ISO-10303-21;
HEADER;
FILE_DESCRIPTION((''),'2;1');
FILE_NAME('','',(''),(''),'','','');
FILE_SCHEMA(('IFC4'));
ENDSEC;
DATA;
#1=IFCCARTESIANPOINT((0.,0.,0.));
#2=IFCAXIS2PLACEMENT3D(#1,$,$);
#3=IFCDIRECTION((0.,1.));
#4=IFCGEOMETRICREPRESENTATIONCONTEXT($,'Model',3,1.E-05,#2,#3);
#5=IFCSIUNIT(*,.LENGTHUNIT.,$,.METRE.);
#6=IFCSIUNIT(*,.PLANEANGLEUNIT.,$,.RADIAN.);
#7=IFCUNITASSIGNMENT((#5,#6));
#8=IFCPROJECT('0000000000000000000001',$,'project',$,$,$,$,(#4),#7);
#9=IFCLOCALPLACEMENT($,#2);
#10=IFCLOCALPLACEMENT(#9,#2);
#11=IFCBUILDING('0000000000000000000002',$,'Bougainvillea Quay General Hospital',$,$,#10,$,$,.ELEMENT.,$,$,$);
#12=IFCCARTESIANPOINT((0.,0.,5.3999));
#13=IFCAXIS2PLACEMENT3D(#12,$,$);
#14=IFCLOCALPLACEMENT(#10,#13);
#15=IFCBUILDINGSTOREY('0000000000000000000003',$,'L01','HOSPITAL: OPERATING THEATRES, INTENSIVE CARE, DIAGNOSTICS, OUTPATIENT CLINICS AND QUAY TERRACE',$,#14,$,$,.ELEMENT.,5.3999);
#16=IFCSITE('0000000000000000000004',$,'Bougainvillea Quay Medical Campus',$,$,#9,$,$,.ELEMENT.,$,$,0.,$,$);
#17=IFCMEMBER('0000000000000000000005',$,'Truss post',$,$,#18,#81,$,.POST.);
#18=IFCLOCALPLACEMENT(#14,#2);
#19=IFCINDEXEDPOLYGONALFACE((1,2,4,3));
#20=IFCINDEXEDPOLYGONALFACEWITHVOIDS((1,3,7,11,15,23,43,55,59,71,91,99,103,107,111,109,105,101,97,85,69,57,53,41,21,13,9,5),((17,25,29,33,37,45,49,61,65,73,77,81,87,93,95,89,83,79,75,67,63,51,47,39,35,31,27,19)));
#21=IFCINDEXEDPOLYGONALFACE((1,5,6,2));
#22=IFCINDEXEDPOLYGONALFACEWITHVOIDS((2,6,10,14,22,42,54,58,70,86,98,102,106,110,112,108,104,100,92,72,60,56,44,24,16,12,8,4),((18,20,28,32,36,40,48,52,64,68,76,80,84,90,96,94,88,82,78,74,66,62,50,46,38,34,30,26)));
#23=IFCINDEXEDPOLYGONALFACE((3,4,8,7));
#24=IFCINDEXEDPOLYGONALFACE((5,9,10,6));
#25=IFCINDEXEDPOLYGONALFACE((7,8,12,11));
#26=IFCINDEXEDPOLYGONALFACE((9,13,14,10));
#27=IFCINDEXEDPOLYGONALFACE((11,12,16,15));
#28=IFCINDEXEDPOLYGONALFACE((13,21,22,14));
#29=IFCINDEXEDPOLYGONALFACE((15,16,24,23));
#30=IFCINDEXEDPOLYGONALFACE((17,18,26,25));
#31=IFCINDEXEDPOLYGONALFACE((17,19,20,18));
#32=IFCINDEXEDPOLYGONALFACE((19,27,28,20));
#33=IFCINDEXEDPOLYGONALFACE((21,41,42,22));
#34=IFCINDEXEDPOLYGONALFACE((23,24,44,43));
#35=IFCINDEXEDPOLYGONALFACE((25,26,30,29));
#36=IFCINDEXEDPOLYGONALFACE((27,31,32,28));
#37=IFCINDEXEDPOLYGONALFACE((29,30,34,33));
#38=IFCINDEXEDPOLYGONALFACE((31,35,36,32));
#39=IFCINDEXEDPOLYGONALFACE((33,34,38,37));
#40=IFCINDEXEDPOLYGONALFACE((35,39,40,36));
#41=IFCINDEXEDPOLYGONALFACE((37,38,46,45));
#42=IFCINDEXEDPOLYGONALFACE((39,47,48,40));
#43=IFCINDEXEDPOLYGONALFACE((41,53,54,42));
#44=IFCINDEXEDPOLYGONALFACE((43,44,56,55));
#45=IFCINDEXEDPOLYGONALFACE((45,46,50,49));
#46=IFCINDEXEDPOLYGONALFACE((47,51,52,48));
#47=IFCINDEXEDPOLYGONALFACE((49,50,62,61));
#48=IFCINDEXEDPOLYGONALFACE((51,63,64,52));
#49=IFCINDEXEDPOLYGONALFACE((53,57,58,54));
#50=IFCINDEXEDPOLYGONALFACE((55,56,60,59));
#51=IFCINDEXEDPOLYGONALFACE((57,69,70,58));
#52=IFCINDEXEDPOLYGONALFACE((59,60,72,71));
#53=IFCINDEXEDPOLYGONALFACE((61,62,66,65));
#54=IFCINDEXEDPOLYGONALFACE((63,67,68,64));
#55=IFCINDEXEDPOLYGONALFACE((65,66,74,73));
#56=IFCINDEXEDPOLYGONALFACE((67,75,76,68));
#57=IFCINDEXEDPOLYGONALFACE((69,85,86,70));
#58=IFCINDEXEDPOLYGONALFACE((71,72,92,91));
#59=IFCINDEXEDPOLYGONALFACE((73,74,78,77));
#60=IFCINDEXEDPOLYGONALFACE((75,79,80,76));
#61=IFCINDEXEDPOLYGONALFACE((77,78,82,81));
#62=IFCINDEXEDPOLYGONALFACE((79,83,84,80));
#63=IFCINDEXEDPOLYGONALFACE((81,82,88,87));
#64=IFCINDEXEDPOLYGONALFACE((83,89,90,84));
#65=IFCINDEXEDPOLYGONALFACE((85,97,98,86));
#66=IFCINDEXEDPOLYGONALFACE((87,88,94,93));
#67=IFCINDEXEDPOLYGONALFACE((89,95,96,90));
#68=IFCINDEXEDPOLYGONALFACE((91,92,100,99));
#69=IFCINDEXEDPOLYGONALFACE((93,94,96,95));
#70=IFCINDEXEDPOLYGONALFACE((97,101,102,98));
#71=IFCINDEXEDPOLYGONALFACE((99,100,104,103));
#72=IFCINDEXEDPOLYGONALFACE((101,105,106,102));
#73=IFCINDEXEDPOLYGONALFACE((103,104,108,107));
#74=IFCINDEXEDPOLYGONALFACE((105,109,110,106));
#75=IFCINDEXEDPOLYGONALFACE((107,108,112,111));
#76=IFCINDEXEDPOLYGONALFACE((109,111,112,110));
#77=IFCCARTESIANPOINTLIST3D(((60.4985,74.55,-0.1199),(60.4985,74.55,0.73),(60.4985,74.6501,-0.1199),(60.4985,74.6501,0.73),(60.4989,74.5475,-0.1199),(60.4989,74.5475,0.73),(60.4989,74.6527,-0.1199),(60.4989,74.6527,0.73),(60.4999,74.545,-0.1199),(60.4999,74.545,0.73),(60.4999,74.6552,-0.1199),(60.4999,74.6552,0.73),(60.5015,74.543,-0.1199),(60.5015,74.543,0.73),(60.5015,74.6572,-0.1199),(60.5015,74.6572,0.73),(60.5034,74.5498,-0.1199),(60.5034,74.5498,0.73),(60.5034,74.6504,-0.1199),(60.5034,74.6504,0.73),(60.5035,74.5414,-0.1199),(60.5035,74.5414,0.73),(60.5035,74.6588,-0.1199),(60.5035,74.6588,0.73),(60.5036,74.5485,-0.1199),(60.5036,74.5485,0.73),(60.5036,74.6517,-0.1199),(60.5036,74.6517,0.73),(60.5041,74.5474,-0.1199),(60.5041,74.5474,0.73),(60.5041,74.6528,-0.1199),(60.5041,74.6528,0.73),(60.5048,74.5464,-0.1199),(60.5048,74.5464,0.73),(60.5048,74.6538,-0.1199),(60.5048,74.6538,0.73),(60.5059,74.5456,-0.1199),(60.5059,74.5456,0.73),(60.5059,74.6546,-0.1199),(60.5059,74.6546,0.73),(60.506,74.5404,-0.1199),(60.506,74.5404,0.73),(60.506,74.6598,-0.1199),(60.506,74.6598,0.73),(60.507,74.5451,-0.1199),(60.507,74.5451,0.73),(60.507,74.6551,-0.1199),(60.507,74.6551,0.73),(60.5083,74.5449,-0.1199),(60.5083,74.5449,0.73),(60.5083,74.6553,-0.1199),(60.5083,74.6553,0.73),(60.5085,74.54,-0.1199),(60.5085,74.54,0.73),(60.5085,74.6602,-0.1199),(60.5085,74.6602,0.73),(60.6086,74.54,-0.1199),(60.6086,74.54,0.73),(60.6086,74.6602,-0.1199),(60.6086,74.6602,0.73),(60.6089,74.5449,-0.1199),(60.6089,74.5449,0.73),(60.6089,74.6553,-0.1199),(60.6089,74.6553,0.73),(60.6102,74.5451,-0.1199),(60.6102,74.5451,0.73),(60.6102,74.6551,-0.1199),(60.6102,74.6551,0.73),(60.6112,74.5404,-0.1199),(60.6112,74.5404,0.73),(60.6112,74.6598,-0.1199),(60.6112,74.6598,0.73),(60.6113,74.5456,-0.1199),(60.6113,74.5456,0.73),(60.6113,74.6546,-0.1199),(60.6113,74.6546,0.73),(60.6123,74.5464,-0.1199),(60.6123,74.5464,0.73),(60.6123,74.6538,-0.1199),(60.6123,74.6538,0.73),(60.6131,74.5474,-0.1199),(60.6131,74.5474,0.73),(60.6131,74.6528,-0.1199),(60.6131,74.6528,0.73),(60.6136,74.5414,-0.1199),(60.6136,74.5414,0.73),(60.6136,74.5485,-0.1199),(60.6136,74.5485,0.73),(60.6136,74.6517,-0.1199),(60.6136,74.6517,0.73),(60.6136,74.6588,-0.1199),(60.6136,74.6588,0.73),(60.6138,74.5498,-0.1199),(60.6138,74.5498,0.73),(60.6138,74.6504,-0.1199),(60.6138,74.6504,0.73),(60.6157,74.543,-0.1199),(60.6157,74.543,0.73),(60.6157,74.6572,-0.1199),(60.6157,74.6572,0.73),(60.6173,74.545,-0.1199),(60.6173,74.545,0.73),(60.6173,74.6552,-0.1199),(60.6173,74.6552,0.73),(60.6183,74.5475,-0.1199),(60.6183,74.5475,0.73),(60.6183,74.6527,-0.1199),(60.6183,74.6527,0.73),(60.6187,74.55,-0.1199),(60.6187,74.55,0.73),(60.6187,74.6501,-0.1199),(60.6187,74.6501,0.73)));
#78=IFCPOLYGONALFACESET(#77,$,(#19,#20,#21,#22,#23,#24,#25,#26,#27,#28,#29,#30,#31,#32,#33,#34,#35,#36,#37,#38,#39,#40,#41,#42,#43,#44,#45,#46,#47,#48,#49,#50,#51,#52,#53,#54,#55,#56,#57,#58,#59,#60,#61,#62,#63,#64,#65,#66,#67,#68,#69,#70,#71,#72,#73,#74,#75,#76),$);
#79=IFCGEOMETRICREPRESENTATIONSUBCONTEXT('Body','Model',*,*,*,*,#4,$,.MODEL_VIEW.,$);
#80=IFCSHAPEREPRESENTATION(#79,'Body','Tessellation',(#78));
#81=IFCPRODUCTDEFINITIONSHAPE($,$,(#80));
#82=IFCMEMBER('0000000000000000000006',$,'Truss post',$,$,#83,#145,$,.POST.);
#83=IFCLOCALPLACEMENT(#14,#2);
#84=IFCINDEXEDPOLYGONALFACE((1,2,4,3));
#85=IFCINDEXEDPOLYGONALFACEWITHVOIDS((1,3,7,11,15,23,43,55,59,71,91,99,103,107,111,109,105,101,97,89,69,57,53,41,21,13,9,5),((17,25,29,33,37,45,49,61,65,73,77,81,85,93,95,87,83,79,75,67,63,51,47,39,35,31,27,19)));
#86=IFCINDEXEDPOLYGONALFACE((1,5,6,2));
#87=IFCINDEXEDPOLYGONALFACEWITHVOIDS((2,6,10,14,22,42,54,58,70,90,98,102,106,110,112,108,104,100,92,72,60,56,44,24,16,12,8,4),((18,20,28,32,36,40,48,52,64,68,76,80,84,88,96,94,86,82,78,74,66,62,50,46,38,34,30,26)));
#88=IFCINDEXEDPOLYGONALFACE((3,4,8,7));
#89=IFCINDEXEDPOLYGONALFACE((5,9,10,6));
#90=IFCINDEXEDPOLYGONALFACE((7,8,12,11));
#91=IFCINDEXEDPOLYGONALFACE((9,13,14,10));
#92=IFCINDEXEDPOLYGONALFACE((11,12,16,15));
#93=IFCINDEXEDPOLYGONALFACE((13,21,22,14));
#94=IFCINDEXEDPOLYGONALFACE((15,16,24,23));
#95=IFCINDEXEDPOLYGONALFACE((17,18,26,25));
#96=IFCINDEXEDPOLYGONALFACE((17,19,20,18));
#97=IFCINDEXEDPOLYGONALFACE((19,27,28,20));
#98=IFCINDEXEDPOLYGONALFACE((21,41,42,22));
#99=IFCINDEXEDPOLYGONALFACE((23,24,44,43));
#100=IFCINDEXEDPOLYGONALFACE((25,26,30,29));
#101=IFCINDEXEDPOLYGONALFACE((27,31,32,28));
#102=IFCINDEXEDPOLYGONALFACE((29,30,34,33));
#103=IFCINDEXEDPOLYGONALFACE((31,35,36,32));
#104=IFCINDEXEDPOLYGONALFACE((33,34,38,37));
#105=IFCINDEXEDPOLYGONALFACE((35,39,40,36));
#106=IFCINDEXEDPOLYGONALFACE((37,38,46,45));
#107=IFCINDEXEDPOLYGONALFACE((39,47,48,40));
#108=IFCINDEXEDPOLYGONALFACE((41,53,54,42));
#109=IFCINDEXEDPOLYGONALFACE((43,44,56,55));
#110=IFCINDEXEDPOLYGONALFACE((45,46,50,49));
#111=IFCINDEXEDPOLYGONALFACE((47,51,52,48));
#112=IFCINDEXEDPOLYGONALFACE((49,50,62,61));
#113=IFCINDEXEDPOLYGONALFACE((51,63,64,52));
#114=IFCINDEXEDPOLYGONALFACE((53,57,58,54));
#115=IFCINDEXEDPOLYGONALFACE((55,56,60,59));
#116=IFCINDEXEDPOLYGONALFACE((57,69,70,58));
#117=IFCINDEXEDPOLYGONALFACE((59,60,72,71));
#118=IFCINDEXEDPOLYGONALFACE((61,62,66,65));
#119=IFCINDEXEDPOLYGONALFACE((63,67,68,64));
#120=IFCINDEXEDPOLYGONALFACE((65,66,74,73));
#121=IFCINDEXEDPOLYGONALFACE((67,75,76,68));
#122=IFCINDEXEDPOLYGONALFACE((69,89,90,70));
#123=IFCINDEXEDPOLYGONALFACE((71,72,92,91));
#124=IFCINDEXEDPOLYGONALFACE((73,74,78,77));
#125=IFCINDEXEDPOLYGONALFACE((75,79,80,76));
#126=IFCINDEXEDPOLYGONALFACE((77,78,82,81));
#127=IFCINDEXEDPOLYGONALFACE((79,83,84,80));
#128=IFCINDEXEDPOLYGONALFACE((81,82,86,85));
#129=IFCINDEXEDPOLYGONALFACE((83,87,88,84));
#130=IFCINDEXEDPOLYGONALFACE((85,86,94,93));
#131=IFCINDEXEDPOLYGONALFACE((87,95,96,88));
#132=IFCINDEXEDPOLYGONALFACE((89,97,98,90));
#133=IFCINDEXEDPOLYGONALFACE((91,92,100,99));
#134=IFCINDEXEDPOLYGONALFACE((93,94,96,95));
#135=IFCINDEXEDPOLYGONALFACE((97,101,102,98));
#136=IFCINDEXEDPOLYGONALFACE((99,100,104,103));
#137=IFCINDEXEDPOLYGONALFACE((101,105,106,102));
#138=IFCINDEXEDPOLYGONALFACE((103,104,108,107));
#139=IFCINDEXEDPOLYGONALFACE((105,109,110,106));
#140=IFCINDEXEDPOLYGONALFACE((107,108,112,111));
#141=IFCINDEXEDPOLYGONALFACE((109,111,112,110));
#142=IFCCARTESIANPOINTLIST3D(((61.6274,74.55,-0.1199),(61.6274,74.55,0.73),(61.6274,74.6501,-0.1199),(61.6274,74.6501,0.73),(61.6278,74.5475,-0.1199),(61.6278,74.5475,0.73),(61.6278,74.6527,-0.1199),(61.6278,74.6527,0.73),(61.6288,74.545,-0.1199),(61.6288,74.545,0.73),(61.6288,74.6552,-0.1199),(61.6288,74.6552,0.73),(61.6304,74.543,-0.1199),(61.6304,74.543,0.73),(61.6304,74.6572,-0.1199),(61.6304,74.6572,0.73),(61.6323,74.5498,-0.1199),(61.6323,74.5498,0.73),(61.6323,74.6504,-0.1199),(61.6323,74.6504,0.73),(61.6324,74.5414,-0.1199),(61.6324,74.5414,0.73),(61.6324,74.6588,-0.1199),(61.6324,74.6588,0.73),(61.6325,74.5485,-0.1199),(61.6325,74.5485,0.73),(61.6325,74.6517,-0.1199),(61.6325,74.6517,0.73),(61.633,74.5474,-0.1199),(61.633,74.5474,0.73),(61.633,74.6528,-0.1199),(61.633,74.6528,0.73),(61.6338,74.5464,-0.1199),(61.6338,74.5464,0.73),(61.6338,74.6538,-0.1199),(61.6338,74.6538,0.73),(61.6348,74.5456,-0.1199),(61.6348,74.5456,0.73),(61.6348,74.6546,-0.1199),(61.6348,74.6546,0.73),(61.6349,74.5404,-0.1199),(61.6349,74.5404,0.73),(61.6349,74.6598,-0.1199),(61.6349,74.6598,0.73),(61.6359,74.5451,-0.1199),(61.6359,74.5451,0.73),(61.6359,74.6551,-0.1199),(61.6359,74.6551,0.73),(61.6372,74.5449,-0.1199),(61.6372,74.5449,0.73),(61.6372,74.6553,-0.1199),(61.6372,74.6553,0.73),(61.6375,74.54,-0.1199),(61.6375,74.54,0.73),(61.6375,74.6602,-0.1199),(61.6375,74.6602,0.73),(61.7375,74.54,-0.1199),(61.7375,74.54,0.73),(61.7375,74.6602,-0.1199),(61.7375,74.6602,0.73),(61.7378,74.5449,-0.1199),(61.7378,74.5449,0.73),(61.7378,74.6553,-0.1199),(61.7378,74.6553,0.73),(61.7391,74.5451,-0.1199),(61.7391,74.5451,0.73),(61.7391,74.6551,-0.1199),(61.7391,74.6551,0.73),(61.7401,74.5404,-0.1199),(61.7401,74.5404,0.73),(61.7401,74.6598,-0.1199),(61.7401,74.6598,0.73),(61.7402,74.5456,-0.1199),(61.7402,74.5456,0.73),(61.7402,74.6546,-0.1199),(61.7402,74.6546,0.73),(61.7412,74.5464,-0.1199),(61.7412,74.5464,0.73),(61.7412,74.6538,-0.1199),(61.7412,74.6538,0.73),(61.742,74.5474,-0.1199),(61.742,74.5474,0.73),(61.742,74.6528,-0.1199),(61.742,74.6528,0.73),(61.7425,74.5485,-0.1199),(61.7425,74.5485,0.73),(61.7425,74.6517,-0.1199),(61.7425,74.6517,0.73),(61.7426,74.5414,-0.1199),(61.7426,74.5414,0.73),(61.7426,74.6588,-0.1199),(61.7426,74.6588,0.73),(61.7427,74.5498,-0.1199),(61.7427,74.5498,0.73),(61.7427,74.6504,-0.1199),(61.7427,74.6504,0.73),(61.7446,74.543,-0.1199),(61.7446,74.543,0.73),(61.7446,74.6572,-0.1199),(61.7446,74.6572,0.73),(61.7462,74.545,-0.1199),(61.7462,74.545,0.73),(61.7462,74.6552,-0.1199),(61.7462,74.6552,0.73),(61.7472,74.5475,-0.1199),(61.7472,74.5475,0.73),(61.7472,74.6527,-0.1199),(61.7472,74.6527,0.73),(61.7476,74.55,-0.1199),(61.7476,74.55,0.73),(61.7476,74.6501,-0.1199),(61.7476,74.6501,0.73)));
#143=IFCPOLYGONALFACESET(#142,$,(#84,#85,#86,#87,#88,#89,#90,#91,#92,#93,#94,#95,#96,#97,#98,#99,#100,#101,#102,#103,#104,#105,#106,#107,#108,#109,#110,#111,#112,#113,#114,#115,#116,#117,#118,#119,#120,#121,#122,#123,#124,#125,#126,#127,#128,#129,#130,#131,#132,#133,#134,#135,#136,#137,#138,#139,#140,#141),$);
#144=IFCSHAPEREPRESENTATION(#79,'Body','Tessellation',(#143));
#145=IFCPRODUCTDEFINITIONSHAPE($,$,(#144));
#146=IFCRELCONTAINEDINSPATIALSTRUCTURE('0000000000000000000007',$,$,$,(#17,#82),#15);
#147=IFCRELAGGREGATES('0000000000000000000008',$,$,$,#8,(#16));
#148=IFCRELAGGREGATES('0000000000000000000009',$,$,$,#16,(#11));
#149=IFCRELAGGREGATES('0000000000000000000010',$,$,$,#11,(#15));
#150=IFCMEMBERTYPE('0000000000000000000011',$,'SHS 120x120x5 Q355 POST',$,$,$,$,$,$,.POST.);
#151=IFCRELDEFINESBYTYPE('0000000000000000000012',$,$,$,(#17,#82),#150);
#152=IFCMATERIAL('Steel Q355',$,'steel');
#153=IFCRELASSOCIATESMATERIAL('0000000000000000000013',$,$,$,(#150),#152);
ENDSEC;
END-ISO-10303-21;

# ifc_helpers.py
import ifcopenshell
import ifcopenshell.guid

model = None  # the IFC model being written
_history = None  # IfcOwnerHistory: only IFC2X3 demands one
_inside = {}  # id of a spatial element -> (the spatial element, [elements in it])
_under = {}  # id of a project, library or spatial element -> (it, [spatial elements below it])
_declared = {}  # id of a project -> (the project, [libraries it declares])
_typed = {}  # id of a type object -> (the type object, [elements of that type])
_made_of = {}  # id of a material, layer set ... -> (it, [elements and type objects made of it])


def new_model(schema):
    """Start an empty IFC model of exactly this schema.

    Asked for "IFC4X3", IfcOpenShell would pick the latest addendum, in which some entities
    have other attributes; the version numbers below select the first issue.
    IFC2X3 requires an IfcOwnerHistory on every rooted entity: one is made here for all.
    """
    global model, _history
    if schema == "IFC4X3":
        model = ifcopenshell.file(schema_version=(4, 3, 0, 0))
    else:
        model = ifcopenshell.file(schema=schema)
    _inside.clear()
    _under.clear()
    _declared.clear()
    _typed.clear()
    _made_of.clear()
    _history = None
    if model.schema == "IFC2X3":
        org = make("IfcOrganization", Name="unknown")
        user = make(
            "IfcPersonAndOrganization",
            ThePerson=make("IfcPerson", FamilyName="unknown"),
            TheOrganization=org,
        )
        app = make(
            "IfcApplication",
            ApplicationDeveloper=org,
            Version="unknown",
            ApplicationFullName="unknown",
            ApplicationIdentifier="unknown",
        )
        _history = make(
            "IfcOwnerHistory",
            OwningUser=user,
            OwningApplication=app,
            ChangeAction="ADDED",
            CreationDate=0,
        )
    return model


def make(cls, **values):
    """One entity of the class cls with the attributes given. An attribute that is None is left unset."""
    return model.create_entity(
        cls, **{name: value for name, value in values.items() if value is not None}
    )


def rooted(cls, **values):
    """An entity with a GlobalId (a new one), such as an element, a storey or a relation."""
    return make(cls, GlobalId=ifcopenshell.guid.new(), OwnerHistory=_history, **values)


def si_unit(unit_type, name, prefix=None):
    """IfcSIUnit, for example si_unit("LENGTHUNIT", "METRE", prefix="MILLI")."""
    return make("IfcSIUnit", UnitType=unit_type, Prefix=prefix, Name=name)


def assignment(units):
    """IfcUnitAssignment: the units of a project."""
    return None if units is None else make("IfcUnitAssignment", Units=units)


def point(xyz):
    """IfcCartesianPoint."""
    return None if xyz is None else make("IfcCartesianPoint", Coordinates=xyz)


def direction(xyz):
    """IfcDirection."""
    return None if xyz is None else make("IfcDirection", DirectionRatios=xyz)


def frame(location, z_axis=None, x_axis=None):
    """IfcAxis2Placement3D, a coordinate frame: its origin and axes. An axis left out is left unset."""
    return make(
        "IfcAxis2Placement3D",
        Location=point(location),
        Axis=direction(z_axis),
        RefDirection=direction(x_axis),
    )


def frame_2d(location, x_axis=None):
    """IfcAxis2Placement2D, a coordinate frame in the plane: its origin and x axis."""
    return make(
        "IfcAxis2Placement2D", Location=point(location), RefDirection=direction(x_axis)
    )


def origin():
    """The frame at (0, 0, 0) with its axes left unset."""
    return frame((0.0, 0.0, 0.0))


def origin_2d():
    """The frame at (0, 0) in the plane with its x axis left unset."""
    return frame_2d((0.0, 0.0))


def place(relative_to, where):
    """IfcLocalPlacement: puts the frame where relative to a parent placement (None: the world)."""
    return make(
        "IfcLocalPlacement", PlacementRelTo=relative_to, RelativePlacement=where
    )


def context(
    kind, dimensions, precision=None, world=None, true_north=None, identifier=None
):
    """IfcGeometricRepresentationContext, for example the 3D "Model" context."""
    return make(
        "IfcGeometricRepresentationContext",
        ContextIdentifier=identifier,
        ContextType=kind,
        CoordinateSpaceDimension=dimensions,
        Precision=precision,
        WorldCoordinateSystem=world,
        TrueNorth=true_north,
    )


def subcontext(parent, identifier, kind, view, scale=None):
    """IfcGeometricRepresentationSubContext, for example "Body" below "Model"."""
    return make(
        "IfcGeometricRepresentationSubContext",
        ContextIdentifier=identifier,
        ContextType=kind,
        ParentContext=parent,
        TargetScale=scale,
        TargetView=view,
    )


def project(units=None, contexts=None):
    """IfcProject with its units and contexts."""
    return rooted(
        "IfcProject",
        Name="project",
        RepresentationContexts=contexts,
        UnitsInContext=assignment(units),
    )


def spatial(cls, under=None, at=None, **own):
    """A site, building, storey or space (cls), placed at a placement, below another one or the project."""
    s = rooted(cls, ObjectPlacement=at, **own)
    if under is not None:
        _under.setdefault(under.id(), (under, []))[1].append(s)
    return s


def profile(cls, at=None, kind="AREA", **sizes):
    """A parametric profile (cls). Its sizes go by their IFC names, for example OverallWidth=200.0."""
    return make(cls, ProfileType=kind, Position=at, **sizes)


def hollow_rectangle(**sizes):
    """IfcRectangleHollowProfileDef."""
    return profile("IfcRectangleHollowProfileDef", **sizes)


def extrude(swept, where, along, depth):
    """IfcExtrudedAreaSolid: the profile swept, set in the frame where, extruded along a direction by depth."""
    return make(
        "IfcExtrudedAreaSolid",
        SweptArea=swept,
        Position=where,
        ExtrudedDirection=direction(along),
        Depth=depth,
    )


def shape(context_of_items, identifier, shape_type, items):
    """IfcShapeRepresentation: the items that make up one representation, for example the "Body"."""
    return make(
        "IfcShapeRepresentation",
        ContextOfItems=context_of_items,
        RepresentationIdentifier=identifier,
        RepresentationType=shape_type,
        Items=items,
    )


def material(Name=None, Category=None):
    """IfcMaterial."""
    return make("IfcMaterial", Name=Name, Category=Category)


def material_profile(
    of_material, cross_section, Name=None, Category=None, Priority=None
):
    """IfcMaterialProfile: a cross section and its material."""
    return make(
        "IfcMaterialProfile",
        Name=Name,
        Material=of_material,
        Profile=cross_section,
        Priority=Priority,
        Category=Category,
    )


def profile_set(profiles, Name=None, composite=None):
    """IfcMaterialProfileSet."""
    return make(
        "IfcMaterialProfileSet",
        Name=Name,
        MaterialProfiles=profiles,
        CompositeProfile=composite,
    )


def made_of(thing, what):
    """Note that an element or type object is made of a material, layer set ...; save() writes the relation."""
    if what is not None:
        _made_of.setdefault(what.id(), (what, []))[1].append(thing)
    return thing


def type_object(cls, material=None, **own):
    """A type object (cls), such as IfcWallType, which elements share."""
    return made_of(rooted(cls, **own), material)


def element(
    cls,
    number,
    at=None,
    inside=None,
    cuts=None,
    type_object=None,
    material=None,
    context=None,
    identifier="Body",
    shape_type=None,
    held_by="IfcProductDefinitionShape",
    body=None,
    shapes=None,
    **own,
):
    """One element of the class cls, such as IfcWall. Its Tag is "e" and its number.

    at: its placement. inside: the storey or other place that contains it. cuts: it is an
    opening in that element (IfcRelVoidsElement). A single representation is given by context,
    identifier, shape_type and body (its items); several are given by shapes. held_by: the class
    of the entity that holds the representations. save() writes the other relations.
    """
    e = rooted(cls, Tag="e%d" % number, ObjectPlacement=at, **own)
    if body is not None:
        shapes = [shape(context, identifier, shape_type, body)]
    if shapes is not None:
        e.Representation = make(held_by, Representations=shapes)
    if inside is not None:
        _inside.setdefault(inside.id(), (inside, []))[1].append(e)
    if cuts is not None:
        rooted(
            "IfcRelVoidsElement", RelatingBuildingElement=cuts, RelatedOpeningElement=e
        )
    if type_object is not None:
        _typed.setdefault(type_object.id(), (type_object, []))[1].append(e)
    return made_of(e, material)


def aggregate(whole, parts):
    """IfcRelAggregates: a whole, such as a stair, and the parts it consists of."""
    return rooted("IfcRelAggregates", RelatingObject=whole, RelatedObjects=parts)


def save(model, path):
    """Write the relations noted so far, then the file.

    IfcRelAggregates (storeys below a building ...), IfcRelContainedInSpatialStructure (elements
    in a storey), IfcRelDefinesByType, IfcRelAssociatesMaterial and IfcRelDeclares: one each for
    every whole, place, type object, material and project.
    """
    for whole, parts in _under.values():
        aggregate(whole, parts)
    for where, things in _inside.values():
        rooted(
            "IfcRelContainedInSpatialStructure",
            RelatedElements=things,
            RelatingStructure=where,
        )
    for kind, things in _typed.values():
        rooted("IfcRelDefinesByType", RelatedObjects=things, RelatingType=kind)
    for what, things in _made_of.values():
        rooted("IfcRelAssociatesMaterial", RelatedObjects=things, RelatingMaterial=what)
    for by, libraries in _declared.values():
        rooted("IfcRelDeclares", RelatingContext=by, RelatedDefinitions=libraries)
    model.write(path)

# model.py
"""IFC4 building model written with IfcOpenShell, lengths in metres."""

from ifc_helpers import new_model, si_unit, direction, frame, origin, origin_2d, place, context, subcontext, project, spatial, hollow_rectangle, extrude, material, material_profile, profile_set, type_object, element, save


model = new_model("IFC4")

# Units and contexts
model_context = context("Model", 3, precision=1e-05, world=origin(), true_north=direction((0.0, 1.0)))
body_context = subcontext(model_context, "Body", "Model", "MODEL_VIEW")
ifc_project = project(units=[si_unit("LENGTHUNIT", "METRE"), si_unit("PLANEANGLEUNIT", "RADIAN")], contexts=[model_context])

# Site, building, storey
site_placement = place(None, origin())
site = spatial("IfcSite", under=ifc_project, at=site_placement, Name="Bougainvillea Quay Medical Campus", CompositionType="ELEMENT", RefElevation=0.0)
building_placement = place(site_placement, origin())
building = spatial("IfcBuilding", under=site, at=building_placement, Name="Bougainvillea Quay General Hospital", CompositionType="ELEMENT")
storey_placement = place(building_placement, frame((0.0, 0.0, 5.3999)))
storey = spatial("IfcBuildingStorey", under=building, at=storey_placement, Name="L01", Description="HOSPITAL: OPERATING THEATRES, INTENSIVE CARE, DIAGNOSTICS, OUTPATIENT CLINICS AND QUAY TERRACE", CompositionType="ELEMENT", Elevation=5.3999)

# Shared definitions
ifc_material_1 = material(Name="Steel Q355", Category="steel")

# Members
ifc_material_profile_1 = material_profile(ifc_material_1, hollow_rectangle(XDim=0.1201, YDim=0.1201, WallThickness=0.0049, InnerFilletRadius=0.0049, OuterFilletRadius=0.01, at=origin_2d()))
ifc_profile_set_1 = profile_set([ifc_material_profile_1], Name="Steel Q355")
member_type_1 = type_object("IfcMemberType", Name="SHS 120x120x5 Q355 POST", PredefinedType="POST", material=ifc_profile_set_1)
for number, where, z_axis, x_axis, name in (
    (1, (60.5586, 74.6001, -0.1199), (0.0, 0.0, 1.0), (1.0, 0.0, 0.0), "Truss post"),
    (2, (61.6875, 74.6001, -0.1199), (0.0, 0.0, 1.0), (1.0, 0.0, 0.0), "Truss post"),
):
    element("IfcMember", number, at=place(storey_placement, frame(where, z_axis=z_axis, x_axis=x_axis)), inside=storey, type_object=member_type_1, Name=name, PredefinedType="POST", context=body_context, shape_type="SweptSolid", body=[
        extrude(hollow_rectangle(XDim=0.1201, YDim=0.1201, WallThickness=0.0049, InnerFilletRadius=0.0049, OuterFilletRadius=0.01, at=origin_2d()), origin(), (0.0, 0.0, 1.0), 0.8499),
    ])

save(model, "model.ifc")
